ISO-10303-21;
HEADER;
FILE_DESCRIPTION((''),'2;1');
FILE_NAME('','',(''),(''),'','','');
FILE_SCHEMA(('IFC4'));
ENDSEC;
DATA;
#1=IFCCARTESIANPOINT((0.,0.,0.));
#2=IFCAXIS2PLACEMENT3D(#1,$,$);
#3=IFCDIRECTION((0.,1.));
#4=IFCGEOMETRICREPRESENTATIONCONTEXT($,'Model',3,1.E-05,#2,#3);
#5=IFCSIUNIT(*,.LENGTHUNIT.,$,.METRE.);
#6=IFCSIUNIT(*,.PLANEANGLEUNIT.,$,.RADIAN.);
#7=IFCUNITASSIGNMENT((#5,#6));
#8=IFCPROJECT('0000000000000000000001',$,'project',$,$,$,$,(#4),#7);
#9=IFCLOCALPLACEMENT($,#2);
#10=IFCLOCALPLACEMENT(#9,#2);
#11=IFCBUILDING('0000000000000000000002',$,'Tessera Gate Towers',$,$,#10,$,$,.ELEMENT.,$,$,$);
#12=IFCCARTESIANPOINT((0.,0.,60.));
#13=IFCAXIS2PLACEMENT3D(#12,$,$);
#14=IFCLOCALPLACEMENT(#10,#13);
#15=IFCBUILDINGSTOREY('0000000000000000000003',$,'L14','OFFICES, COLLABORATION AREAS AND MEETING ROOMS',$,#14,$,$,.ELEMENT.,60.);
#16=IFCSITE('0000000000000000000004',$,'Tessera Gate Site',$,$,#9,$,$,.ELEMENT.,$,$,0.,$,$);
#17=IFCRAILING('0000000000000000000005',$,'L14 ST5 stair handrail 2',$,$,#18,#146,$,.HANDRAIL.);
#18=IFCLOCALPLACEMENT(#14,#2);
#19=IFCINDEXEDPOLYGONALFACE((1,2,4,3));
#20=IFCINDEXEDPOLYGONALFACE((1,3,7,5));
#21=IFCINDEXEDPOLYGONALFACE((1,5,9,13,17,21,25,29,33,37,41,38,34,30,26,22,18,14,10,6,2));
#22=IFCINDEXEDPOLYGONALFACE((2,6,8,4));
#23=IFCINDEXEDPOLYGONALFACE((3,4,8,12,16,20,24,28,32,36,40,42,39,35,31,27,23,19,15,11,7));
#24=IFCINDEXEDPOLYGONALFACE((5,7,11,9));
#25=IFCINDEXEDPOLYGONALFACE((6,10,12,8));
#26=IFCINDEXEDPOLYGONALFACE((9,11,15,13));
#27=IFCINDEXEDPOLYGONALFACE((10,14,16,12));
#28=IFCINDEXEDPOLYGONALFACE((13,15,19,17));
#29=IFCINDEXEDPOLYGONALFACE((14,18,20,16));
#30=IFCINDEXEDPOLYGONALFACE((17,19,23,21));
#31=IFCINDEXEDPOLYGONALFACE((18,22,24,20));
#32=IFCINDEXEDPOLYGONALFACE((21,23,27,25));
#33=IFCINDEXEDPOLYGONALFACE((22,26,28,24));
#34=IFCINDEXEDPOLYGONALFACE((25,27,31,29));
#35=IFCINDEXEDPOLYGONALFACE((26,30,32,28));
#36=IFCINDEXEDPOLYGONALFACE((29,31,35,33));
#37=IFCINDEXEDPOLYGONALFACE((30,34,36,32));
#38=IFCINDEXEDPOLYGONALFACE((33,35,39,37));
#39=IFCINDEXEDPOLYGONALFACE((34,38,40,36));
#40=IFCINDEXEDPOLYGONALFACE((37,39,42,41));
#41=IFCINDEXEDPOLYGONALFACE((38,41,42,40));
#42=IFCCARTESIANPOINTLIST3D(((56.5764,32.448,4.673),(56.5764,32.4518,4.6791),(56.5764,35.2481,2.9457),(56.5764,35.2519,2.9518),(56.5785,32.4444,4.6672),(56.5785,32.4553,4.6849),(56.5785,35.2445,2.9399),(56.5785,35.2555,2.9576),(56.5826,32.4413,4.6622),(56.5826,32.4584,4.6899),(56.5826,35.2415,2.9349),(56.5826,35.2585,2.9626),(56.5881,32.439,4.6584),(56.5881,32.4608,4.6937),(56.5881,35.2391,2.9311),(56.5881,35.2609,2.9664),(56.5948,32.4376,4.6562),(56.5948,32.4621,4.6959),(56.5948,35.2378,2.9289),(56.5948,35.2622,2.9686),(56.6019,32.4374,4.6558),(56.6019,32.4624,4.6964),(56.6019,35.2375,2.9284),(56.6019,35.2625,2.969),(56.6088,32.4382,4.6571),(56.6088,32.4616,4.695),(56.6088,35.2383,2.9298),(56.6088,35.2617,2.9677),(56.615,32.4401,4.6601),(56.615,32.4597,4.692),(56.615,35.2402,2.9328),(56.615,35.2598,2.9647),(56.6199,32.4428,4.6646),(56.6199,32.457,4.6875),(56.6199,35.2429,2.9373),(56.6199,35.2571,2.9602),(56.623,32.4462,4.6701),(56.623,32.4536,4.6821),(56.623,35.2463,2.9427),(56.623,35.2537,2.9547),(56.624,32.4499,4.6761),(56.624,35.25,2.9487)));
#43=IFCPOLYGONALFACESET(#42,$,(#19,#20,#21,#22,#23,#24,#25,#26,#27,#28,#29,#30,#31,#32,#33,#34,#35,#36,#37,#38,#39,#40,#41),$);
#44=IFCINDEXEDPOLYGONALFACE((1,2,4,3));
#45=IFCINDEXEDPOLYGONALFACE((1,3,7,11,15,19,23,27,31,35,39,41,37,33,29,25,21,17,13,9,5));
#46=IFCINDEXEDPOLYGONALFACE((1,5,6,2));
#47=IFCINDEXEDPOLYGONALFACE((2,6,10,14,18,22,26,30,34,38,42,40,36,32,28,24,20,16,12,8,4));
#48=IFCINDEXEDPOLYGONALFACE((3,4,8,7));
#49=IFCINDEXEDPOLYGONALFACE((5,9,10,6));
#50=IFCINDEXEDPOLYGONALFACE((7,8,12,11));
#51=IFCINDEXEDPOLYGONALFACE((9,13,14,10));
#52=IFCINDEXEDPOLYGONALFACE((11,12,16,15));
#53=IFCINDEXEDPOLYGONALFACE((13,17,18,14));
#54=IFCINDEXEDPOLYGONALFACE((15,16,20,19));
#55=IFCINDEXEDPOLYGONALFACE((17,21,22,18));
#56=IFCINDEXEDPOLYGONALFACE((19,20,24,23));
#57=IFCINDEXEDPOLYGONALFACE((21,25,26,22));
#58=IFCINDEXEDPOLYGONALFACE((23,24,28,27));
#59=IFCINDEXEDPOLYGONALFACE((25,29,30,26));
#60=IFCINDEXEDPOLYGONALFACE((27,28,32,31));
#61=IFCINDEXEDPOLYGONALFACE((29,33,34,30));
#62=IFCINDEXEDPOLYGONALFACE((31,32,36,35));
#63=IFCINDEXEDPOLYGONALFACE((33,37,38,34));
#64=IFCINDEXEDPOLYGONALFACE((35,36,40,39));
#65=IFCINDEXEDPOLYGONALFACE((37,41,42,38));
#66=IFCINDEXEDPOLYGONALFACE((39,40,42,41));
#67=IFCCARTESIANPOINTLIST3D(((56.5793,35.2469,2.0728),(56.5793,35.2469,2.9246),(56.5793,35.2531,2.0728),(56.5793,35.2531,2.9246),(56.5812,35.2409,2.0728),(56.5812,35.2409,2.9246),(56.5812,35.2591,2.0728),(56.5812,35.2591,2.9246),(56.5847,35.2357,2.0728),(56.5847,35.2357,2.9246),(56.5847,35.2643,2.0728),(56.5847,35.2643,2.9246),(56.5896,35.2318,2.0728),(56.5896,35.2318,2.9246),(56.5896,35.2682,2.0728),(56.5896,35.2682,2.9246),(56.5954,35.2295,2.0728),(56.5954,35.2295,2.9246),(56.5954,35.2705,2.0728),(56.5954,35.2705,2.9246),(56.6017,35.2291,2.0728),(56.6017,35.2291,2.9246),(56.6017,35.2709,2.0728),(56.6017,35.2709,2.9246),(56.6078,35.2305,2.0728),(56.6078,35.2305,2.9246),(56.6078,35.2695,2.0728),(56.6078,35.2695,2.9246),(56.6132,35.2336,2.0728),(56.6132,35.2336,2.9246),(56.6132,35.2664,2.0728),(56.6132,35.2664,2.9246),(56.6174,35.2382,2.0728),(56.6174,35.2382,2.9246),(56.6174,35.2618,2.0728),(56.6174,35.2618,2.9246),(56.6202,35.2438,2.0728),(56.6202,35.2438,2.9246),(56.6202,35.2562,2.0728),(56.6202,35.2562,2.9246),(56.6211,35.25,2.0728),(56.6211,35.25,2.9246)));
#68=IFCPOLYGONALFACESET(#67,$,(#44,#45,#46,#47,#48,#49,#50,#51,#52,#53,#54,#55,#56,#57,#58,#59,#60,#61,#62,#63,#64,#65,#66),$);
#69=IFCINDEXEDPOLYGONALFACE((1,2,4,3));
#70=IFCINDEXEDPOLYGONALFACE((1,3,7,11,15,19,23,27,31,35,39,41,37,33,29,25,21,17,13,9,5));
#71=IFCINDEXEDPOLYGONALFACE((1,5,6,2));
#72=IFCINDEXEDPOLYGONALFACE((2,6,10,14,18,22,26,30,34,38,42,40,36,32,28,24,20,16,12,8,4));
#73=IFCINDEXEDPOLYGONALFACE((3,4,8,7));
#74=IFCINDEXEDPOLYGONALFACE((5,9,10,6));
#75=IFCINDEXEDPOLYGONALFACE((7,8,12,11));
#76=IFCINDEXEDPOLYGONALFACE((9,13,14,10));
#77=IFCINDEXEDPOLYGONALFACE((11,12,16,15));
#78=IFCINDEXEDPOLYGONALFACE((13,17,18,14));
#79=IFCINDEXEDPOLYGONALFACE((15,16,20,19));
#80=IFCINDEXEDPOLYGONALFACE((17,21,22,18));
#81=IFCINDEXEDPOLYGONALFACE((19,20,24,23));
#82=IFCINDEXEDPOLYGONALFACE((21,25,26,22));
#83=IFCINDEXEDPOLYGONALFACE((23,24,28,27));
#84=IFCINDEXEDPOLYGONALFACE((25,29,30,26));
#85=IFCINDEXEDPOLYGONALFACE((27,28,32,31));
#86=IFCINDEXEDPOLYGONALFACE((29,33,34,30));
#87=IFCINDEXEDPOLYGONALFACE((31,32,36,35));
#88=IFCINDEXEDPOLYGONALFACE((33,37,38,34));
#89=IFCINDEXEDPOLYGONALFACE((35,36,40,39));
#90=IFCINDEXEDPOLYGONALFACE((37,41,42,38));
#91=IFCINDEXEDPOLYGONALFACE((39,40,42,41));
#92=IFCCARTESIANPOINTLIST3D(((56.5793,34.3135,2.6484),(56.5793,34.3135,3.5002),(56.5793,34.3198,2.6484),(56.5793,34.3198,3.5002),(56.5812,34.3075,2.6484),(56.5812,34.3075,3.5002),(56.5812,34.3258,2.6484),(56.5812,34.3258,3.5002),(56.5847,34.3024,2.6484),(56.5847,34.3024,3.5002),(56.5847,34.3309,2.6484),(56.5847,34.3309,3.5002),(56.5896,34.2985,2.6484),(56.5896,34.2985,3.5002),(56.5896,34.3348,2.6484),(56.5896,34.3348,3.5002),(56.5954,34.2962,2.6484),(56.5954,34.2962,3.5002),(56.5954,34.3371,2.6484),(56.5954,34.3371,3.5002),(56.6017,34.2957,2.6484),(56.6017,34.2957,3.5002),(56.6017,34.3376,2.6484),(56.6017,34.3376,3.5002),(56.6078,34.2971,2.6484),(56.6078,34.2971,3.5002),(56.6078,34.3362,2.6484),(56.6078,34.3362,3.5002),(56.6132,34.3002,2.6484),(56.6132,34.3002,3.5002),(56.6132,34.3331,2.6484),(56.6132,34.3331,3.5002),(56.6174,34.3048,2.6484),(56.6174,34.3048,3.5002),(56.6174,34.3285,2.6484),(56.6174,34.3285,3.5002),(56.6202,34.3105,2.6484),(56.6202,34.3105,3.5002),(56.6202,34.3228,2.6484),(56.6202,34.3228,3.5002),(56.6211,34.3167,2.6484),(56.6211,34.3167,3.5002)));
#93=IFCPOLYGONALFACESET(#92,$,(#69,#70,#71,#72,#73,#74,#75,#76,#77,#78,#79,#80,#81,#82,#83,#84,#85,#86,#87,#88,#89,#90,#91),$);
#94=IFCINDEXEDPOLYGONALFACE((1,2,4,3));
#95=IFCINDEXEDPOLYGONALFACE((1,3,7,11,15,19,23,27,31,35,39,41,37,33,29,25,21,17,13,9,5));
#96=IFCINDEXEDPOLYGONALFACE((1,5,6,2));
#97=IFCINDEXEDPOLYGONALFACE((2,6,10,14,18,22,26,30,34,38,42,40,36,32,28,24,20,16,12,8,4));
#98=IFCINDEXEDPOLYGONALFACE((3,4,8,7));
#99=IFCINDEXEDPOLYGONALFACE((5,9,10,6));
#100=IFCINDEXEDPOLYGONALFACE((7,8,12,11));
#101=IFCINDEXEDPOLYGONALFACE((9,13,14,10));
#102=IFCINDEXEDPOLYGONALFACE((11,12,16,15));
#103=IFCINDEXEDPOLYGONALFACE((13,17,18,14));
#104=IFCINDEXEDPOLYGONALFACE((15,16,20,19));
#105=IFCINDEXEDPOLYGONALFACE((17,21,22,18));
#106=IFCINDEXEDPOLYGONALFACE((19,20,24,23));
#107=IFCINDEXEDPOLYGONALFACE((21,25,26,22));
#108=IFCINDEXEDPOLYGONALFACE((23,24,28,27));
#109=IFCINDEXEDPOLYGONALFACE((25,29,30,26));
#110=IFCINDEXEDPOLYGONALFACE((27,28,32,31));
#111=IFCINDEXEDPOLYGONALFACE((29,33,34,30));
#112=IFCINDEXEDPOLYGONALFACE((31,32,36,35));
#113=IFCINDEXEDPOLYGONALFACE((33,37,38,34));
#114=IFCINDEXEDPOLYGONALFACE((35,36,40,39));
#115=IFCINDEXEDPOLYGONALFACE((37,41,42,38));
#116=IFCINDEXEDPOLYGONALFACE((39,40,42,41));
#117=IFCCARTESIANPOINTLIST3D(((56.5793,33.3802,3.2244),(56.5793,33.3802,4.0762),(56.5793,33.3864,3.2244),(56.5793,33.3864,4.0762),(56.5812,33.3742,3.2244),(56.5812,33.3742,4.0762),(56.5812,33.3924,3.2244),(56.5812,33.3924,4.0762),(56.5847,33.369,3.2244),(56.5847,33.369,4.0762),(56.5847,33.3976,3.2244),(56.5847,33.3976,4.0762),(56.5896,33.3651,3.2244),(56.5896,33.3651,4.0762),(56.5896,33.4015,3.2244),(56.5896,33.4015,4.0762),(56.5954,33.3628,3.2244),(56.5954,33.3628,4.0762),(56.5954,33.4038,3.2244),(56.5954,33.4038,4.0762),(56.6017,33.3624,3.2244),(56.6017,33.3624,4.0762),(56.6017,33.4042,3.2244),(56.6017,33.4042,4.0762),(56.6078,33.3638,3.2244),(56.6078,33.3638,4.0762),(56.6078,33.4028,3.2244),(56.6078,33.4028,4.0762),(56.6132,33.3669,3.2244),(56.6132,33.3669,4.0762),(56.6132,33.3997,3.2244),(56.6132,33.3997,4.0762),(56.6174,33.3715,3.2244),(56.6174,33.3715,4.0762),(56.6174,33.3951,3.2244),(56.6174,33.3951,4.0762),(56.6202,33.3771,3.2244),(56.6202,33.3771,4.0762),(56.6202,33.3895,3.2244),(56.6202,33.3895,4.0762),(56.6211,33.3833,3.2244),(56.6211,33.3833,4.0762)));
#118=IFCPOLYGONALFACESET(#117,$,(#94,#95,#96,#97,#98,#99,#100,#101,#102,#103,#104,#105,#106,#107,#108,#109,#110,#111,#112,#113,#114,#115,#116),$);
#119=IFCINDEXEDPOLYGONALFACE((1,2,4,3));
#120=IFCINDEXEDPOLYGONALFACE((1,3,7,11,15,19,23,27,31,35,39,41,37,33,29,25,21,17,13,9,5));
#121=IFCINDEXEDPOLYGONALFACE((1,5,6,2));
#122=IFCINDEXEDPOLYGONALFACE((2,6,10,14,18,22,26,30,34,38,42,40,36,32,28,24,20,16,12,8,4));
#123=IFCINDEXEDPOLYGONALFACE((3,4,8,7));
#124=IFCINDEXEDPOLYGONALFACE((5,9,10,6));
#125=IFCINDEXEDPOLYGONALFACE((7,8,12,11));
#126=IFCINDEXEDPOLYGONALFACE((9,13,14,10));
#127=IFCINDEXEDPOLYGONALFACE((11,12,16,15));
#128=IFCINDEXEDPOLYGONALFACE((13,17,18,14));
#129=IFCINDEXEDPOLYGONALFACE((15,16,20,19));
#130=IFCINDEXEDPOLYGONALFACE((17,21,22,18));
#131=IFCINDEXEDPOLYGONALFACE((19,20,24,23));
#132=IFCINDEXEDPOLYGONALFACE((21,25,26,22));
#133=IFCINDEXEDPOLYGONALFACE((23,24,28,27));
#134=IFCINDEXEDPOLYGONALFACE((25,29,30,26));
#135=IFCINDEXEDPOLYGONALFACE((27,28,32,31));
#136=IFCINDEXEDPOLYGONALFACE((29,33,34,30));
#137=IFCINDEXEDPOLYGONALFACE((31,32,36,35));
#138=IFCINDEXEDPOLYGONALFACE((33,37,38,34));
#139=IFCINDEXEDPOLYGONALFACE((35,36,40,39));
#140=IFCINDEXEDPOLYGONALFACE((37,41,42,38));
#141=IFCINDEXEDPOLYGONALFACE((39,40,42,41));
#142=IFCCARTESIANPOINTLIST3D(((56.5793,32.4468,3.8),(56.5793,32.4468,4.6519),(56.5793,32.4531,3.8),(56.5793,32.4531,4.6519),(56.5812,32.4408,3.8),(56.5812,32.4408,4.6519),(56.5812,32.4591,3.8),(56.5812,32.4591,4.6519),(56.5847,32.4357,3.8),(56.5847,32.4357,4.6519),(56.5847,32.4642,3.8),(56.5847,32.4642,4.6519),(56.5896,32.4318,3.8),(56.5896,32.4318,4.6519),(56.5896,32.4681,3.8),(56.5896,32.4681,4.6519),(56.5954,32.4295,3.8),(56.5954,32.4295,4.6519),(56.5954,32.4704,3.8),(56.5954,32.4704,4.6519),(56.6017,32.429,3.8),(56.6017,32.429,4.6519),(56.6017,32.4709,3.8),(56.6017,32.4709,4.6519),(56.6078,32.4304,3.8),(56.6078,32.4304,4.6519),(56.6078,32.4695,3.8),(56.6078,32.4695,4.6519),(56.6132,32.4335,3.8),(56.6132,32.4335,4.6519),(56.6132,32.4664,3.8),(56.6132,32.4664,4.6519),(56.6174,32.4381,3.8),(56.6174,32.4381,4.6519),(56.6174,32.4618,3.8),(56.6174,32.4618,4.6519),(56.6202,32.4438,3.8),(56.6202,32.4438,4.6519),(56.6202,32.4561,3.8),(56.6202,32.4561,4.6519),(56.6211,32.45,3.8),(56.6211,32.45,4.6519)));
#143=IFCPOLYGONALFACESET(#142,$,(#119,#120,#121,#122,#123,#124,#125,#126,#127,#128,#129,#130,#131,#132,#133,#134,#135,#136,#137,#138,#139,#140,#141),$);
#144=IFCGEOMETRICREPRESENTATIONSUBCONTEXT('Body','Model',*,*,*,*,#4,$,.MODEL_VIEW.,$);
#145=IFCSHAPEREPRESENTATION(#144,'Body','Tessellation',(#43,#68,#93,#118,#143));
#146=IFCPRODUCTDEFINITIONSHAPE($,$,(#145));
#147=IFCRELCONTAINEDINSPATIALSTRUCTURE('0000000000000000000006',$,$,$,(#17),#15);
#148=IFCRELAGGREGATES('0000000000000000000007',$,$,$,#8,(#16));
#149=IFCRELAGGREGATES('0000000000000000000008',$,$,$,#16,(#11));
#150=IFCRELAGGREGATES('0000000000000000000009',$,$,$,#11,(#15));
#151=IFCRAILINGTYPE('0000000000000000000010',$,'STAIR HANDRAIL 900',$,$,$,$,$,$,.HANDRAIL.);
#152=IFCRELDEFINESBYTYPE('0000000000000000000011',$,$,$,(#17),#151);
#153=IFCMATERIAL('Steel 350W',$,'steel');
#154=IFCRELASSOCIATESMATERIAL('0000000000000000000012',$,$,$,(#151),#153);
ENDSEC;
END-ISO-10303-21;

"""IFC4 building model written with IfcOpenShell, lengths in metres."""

from ifc_helpers import new_model, si_unit, direction, frame, origin, origin_2d, place, context, subcontext, project, spatial, circle, extrude, material, type_object, element, save


model = new_model("IFC4")

# Units and contexts
model_context = context("Model", 3, precision=1e-05, world=origin(), true_north=direction((0.0, 1.0)))
body_context = subcontext(model_context, "Body", "Model", "MODEL_VIEW")
ifc_project = project(units=[si_unit("LENGTHUNIT", "METRE"), si_unit("PLANEANGLEUNIT", "RADIAN")], contexts=[model_context])

# Site, building, storey
site_placement = place(None, origin())
site = spatial("IfcSite", under=ifc_project, at=site_placement, Name="Tessera Gate Site", CompositionType="ELEMENT", RefElevation=0.0)
building_placement = place(site_placement, origin())
building = spatial("IfcBuilding", under=site, at=building_placement, Name="Tessera Gate Towers", CompositionType="ELEMENT")
storey_placement = place(building_placement, frame((0.0, 0.0, 60.0)))
storey = spatial("IfcBuildingStorey", under=building, at=storey_placement, Name="L14", Description="OFFICES, COLLABORATION AREAS AND MEETING ROOMS", CompositionType="ELEMENT", Elevation=60.0)

# Railing
ifc_material_1 = material(Name="Steel 350W", Category="steel")
railing_type_1 = type_object("IfcRailingType", Name="STAIR HANDRAIL 900", PredefinedType="HANDRAIL", material=ifc_material_1)
railing_1_placement = place(storey_placement, frame((56.6001, 35.25, 2.0728)))
element("IfcRailing", 1, at=railing_1_placement, inside=storey, type_object=railing_type_1, Name="L14 ST5 stair handrail 2", PredefinedType="HANDRAIL", context=body_context, shape_type="SweptSolid", body=[
    extrude(circle(Radius=0.0239, at=origin_2d()), frame((0.0, 0.0, 0.876), z_axis=(0.0, -0.85109, 0.52502), x_axis=(1.0, 0.0, 0.0)), (0.0, 0.0, 1.0), 3.29),
    extrude(circle(Radius=0.021, at=origin_2d()), origin(), (0.0, 0.0, 1.0), 0.8518),
    extrude(circle(Radius=0.021, at=origin_2d()), frame((0.0, -0.9333, 0.5757)), (0.0, 0.0, 1.0), 0.8518),
    extrude(circle(Radius=0.021, at=origin_2d()), frame((0.0, -1.8667, 1.1516)), (0.0, 0.0, 1.0), 0.8518),
    extrude(circle(Radius=0.021, at=origin_2d()), frame((0.0, -2.8, 1.7273)), (0.0, 0.0, 1.0), 0.8518),
])

save(model, "model.ifc")
